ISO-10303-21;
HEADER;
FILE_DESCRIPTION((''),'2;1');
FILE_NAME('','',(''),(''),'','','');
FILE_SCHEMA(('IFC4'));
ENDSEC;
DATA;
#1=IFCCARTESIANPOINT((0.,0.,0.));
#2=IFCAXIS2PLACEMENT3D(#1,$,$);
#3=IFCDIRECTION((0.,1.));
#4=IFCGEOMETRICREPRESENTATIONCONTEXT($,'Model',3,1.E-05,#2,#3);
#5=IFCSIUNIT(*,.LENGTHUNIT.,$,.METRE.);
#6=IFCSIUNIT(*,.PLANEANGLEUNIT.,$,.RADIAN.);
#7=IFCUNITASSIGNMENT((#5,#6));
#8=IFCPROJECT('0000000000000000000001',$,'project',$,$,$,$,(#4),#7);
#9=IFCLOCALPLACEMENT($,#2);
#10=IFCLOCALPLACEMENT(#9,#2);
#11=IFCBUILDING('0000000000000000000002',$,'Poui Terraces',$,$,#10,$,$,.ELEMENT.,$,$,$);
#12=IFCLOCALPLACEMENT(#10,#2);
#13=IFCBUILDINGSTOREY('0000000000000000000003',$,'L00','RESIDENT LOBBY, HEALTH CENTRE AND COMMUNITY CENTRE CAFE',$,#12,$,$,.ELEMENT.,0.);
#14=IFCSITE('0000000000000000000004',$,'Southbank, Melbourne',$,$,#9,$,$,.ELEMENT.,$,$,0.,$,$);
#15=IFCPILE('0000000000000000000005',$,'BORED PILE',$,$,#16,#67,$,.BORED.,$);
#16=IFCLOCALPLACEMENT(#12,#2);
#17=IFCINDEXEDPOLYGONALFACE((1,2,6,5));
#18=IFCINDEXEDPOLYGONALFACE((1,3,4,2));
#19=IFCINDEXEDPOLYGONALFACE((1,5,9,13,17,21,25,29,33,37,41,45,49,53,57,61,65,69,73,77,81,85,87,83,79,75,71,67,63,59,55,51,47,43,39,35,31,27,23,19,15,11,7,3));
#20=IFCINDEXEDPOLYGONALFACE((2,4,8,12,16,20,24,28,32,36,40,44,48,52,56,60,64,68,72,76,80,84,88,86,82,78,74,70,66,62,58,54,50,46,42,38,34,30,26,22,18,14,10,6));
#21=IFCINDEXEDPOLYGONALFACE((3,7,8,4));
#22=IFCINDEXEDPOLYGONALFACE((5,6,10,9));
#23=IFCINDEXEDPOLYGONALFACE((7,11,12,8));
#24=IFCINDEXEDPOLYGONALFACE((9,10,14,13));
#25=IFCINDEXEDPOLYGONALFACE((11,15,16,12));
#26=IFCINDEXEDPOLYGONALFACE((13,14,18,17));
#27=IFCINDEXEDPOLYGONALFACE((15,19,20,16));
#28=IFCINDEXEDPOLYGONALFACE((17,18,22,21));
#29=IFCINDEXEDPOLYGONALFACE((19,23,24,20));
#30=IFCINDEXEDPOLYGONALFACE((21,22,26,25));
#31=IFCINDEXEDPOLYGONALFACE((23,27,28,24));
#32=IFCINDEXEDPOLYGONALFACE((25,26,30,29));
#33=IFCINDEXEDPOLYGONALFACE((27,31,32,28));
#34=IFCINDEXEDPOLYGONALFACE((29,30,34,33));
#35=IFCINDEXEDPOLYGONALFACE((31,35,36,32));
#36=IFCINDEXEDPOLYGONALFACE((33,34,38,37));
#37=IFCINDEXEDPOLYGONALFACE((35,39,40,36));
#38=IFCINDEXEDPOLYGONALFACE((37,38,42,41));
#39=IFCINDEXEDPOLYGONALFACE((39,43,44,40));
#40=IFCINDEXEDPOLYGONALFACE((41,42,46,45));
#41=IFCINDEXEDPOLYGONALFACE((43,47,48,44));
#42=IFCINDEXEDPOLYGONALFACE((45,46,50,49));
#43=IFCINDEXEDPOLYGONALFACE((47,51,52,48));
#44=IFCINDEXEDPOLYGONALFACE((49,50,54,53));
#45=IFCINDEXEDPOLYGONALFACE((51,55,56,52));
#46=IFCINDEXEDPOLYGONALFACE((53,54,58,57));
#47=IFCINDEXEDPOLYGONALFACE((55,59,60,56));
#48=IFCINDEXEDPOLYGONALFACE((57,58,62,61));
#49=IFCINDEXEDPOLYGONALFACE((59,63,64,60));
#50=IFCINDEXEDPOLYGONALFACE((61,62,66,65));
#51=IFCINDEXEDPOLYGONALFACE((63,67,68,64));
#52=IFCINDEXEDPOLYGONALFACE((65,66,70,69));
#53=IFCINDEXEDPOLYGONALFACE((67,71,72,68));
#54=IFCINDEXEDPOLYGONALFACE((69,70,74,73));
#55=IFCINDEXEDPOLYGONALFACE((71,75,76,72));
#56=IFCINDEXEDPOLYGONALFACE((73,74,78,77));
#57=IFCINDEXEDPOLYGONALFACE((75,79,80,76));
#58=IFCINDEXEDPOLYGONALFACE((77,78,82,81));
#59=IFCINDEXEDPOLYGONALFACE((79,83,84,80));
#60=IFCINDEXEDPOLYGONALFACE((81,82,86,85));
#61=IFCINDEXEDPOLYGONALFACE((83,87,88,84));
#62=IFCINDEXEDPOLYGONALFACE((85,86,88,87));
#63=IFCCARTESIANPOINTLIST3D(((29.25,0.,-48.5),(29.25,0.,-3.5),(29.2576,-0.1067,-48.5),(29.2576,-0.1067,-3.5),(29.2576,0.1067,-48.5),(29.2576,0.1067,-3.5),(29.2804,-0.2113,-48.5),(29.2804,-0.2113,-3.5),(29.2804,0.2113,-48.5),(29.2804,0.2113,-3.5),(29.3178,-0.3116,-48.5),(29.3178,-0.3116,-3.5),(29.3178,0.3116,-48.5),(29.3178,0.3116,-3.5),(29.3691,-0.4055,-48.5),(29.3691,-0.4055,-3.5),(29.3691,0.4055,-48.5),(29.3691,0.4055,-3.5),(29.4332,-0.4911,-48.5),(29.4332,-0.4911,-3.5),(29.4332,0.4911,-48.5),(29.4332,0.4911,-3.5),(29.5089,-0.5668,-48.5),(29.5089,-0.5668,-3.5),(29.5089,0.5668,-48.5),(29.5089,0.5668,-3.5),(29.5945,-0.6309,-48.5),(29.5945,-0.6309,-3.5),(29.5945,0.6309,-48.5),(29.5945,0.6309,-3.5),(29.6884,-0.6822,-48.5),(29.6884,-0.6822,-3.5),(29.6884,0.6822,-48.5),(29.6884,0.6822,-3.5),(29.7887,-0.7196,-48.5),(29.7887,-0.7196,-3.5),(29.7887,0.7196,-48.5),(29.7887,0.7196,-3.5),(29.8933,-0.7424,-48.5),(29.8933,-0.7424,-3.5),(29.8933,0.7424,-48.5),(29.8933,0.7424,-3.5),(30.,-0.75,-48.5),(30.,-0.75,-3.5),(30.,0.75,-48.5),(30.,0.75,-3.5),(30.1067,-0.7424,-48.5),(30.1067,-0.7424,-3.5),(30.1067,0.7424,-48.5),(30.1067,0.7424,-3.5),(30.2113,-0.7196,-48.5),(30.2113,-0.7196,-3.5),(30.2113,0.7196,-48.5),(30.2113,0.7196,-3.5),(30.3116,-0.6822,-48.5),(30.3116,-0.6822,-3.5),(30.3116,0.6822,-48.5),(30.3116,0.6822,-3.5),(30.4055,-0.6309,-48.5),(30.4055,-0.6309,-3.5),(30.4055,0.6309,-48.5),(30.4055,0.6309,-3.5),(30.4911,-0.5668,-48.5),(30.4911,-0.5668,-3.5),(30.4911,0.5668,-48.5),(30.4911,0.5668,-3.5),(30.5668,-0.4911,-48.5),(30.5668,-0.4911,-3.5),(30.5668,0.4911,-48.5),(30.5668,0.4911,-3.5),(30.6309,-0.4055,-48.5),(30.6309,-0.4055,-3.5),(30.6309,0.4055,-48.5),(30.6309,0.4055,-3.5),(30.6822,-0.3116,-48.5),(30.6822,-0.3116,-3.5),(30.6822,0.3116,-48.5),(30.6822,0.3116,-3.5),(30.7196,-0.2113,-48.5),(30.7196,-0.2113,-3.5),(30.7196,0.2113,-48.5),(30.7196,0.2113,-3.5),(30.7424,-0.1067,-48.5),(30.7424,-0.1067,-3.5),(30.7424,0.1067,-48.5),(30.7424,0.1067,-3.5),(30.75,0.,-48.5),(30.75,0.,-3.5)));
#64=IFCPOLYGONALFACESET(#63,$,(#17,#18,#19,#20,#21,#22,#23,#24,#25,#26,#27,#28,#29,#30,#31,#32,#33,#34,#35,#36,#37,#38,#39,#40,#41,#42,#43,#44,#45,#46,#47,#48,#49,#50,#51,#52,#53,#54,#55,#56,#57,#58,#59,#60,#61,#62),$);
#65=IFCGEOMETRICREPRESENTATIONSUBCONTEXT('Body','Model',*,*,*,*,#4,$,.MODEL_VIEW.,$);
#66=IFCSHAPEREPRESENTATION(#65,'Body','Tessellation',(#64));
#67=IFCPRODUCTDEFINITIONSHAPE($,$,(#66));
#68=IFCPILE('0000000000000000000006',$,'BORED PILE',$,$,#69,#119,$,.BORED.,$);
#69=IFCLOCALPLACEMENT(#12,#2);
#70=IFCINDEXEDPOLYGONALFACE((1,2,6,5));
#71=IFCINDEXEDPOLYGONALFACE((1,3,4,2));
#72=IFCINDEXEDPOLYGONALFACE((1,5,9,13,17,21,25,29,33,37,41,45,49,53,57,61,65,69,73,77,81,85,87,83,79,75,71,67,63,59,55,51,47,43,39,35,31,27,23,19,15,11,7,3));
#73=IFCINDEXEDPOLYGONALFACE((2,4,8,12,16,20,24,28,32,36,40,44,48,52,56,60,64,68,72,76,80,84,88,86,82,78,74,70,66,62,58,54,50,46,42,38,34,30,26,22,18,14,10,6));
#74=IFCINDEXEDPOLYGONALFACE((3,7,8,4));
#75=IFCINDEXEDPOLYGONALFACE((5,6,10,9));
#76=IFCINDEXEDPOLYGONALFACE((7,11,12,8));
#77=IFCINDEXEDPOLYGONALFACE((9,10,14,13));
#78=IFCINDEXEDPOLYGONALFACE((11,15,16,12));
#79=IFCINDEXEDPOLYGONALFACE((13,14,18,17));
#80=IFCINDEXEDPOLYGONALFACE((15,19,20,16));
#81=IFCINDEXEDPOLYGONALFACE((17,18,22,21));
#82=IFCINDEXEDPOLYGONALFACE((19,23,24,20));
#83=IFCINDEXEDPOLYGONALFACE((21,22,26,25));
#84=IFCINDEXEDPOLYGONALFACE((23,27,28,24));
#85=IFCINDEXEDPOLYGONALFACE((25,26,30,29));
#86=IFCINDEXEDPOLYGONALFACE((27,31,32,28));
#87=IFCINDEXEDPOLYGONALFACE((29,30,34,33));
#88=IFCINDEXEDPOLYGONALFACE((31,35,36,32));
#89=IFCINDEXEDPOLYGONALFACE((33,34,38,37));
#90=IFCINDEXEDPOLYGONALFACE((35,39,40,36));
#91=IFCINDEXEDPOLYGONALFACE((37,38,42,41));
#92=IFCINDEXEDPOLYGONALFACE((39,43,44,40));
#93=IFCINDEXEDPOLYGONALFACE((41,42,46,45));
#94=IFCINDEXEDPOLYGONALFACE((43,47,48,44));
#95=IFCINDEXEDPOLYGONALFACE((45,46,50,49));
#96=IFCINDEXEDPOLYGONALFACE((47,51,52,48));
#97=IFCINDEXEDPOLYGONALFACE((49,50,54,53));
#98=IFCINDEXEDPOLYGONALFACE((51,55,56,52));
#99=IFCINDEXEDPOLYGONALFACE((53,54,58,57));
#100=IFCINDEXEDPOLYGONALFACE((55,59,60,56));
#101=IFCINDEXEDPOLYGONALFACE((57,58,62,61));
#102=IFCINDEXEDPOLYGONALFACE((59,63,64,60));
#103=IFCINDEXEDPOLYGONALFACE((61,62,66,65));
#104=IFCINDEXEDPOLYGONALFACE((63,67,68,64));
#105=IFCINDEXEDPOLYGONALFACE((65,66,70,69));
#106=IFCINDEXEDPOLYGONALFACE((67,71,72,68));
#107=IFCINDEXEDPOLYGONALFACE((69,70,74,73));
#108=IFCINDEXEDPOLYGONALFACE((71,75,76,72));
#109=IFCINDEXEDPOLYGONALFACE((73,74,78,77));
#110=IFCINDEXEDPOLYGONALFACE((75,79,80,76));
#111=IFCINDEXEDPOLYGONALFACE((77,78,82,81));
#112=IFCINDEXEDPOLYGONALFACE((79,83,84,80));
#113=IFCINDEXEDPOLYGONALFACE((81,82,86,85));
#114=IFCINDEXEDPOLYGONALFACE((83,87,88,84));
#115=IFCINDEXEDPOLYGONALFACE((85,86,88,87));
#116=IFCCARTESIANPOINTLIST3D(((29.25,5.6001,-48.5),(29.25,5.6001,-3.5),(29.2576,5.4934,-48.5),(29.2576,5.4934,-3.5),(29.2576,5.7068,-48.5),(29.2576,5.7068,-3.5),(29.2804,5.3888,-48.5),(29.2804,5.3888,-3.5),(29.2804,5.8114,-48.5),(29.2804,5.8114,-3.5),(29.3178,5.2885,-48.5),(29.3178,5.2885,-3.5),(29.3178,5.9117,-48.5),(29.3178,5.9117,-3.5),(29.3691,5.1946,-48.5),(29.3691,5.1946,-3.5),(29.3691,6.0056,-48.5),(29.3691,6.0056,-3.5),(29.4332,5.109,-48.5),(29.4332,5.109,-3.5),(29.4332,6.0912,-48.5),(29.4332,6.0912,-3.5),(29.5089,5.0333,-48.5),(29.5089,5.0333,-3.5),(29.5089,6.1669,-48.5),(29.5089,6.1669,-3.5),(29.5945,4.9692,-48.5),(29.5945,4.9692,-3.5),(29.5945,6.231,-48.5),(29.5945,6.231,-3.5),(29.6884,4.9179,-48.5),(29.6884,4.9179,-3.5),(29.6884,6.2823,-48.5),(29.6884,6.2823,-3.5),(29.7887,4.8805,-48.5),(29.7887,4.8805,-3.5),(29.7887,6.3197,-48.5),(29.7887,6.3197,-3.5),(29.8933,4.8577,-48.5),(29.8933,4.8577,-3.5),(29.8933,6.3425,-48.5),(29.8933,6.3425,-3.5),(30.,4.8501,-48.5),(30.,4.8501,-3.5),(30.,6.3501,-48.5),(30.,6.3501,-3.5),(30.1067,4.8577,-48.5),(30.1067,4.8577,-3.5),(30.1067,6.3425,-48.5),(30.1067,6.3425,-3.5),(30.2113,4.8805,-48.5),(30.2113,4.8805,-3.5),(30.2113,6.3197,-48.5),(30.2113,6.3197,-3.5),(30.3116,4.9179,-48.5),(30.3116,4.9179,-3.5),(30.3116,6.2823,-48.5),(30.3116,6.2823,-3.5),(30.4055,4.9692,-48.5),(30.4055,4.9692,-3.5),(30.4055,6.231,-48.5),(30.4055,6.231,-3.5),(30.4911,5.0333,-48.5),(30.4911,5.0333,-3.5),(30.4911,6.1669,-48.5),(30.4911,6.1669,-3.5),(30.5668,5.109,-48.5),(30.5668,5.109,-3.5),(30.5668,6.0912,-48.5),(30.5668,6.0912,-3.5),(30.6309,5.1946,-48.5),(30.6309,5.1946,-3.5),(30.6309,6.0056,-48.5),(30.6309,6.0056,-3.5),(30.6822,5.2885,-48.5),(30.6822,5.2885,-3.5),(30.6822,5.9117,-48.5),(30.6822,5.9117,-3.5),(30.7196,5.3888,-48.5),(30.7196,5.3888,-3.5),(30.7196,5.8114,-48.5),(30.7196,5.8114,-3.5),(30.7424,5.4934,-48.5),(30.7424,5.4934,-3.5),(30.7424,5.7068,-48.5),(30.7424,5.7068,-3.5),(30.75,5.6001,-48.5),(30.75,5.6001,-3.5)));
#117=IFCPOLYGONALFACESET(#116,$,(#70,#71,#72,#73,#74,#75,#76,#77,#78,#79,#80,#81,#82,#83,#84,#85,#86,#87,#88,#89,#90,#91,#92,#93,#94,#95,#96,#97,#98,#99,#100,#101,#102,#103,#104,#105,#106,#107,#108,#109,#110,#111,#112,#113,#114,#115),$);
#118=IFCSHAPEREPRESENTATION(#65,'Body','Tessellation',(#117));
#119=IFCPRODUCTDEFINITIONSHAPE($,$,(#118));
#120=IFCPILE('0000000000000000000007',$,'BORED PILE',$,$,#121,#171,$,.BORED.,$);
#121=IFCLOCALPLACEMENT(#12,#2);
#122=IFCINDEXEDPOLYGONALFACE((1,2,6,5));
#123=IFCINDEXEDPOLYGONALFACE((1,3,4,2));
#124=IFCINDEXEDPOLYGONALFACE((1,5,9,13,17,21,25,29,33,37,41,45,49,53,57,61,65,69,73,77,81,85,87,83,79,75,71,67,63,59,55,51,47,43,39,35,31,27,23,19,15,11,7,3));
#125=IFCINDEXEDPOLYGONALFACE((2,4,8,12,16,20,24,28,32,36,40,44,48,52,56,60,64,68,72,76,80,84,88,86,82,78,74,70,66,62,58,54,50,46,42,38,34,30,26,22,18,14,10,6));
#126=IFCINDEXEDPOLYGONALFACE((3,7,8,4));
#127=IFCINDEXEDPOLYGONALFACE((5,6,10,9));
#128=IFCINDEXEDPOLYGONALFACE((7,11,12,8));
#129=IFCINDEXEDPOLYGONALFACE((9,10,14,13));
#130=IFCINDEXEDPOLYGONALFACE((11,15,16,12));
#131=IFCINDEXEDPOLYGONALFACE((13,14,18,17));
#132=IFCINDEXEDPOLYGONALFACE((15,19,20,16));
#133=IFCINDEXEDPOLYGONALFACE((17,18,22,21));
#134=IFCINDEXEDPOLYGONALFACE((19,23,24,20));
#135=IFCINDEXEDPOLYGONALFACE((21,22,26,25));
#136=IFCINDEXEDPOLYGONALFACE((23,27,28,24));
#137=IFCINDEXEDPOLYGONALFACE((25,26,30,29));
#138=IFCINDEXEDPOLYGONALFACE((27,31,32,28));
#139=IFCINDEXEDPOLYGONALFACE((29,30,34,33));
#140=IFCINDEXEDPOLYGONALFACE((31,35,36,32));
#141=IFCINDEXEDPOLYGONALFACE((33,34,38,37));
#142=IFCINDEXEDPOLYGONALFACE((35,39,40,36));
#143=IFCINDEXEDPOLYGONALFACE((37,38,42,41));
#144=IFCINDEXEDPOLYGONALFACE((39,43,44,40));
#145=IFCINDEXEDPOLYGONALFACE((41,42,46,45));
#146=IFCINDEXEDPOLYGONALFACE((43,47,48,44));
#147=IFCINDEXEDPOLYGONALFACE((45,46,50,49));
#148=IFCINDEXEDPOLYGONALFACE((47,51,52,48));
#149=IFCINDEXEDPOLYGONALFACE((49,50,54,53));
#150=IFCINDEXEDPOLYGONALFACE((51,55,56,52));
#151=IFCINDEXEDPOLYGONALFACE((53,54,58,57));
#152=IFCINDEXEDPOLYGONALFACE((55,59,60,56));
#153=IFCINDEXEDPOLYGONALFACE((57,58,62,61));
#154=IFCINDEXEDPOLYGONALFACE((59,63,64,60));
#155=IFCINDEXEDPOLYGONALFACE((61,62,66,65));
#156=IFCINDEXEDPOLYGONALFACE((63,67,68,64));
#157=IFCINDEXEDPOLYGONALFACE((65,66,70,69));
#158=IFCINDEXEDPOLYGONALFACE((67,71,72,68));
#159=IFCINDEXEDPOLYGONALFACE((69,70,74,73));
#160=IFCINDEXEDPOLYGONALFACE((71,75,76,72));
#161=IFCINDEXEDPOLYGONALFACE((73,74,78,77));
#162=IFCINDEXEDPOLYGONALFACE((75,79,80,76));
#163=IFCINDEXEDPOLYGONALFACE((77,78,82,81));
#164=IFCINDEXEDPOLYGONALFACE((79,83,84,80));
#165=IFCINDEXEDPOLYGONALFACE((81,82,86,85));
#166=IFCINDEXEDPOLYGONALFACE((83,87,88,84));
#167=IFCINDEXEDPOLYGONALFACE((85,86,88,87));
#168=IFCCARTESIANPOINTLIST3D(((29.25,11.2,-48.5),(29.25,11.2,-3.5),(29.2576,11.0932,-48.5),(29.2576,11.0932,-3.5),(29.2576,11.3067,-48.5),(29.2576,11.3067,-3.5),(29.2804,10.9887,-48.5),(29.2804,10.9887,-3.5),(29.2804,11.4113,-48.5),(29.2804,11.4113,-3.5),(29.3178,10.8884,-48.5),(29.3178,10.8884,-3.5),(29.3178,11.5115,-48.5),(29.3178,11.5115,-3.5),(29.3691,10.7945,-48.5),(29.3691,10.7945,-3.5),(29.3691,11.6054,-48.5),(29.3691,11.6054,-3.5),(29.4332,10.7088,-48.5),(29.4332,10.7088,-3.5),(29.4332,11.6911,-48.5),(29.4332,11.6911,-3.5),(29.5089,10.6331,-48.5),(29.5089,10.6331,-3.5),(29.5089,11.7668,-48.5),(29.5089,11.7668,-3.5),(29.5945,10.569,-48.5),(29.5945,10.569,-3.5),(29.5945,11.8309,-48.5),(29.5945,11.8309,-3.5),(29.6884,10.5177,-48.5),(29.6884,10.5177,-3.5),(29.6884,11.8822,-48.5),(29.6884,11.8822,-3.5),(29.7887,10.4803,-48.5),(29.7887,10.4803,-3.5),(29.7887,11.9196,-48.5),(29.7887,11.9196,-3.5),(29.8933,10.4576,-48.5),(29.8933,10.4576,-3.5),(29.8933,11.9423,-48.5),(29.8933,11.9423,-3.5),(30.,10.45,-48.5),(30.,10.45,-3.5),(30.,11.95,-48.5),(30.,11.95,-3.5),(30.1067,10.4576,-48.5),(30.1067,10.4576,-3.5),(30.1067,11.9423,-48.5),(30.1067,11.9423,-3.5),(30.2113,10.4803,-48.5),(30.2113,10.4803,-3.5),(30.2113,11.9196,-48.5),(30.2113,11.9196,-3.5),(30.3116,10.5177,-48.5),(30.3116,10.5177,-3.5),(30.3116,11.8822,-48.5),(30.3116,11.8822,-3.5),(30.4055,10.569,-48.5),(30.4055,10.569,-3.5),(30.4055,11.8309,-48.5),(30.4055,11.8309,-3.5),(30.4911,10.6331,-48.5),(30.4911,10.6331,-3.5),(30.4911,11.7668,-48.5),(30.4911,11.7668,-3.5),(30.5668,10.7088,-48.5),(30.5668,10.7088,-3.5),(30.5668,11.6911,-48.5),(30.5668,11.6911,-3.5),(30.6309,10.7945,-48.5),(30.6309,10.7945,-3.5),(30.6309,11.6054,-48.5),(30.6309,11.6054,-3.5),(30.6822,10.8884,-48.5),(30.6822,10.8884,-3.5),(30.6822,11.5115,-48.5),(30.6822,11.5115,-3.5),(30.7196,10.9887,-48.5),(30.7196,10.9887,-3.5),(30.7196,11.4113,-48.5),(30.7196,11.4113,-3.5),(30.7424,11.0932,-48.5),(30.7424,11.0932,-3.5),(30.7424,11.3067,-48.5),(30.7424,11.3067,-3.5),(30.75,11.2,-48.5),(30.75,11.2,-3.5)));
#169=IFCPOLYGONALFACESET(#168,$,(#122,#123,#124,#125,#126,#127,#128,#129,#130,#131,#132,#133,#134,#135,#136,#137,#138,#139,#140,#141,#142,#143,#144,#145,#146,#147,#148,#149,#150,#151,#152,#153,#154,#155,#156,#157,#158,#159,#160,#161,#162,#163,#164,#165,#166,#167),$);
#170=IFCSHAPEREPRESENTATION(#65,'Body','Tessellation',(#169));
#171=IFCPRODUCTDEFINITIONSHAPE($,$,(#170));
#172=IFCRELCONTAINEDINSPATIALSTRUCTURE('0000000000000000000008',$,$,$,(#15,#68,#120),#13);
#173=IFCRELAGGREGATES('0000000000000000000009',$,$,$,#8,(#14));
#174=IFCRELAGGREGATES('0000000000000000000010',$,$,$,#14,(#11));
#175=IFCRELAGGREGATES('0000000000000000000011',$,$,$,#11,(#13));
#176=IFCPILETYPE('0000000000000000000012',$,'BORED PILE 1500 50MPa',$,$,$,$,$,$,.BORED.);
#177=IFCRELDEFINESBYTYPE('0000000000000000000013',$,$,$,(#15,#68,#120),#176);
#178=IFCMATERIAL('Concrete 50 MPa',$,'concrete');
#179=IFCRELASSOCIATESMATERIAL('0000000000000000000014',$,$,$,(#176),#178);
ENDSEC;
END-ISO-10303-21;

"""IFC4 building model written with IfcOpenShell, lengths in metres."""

from ifc_helpers import new_model, si_unit, direction, frame, origin, origin_2d, place, context, subcontext, project, spatial, circle, extrude, material, material_profile, profile_set, type_object, element, save


model = new_model("IFC4")

# Units and contexts
model_context = context("Model", 3, precision=1e-05, world=origin(), true_north=direction((0.0, 1.0)))
body_context = subcontext(model_context, "Body", "Model", "MODEL_VIEW")
ifc_project = project(units=[si_unit("LENGTHUNIT", "METRE"), si_unit("PLANEANGLEUNIT", "RADIAN")], contexts=[model_context])

# Site, building, storey
site_placement = place(None, origin())
site = spatial("IfcSite", under=ifc_project, at=site_placement, Name="Southbank, Melbourne", CompositionType="ELEMENT", RefElevation=0.0)
building_placement = place(site_placement, origin())
building = spatial("IfcBuilding", under=site, at=building_placement, Name="Poui Terraces", CompositionType="ELEMENT")
storey_placement = place(building_placement, origin())
storey = spatial("IfcBuildingStorey", under=building, at=storey_placement, Name="L00", Description="RESIDENT LOBBY, HEALTH CENTRE AND COMMUNITY CENTRE CAFE", CompositionType="ELEMENT", Elevation=0.0)

# Piles
ifc_material_1 = material(Name="Concrete 50 MPa", Category="concrete")
ifc_material_profile_1 = material_profile(ifc_material_1, circle(Radius=0.75, at=origin_2d()), Name="RC D1500")
ifc_profile_set_1 = profile_set([ifc_material_profile_1], Name="Concrete 50 MPa")
pile_type = type_object("IfcPileType", Name="BORED PILE 1500 50MPa", PredefinedType="BORED", material=ifc_profile_set_1)
for number, where, z_axis, x_axis, name in (
    (1, (30.0, 0.0, -3.5), (0.0, 0.0, -1.0), (1.0, 0.0, 0.0), "BORED PILE"),
    (2, (30.0, 5.6001, -3.5), (0.0, 0.0, -1.0), (1.0, 0.0, 0.0), "BORED PILE"),
    (3, (30.0, 11.2, -3.5), (0.0, 0.0, -1.0), (1.0, 0.0, 0.0), "BORED PILE"),
):
    element("IfcPile", number, at=place(storey_placement, frame(where, z_axis=z_axis, x_axis=x_axis)), inside=storey, type_object=pile_type, Name=name, PredefinedType="BORED", context=body_context, shape_type="SweptSolid", body=[
        extrude(circle(Radius=0.75, at=origin_2d()), origin(), (0.0, 0.0, 1.0), 45.0),
    ])

save(model, "model.ifc")
